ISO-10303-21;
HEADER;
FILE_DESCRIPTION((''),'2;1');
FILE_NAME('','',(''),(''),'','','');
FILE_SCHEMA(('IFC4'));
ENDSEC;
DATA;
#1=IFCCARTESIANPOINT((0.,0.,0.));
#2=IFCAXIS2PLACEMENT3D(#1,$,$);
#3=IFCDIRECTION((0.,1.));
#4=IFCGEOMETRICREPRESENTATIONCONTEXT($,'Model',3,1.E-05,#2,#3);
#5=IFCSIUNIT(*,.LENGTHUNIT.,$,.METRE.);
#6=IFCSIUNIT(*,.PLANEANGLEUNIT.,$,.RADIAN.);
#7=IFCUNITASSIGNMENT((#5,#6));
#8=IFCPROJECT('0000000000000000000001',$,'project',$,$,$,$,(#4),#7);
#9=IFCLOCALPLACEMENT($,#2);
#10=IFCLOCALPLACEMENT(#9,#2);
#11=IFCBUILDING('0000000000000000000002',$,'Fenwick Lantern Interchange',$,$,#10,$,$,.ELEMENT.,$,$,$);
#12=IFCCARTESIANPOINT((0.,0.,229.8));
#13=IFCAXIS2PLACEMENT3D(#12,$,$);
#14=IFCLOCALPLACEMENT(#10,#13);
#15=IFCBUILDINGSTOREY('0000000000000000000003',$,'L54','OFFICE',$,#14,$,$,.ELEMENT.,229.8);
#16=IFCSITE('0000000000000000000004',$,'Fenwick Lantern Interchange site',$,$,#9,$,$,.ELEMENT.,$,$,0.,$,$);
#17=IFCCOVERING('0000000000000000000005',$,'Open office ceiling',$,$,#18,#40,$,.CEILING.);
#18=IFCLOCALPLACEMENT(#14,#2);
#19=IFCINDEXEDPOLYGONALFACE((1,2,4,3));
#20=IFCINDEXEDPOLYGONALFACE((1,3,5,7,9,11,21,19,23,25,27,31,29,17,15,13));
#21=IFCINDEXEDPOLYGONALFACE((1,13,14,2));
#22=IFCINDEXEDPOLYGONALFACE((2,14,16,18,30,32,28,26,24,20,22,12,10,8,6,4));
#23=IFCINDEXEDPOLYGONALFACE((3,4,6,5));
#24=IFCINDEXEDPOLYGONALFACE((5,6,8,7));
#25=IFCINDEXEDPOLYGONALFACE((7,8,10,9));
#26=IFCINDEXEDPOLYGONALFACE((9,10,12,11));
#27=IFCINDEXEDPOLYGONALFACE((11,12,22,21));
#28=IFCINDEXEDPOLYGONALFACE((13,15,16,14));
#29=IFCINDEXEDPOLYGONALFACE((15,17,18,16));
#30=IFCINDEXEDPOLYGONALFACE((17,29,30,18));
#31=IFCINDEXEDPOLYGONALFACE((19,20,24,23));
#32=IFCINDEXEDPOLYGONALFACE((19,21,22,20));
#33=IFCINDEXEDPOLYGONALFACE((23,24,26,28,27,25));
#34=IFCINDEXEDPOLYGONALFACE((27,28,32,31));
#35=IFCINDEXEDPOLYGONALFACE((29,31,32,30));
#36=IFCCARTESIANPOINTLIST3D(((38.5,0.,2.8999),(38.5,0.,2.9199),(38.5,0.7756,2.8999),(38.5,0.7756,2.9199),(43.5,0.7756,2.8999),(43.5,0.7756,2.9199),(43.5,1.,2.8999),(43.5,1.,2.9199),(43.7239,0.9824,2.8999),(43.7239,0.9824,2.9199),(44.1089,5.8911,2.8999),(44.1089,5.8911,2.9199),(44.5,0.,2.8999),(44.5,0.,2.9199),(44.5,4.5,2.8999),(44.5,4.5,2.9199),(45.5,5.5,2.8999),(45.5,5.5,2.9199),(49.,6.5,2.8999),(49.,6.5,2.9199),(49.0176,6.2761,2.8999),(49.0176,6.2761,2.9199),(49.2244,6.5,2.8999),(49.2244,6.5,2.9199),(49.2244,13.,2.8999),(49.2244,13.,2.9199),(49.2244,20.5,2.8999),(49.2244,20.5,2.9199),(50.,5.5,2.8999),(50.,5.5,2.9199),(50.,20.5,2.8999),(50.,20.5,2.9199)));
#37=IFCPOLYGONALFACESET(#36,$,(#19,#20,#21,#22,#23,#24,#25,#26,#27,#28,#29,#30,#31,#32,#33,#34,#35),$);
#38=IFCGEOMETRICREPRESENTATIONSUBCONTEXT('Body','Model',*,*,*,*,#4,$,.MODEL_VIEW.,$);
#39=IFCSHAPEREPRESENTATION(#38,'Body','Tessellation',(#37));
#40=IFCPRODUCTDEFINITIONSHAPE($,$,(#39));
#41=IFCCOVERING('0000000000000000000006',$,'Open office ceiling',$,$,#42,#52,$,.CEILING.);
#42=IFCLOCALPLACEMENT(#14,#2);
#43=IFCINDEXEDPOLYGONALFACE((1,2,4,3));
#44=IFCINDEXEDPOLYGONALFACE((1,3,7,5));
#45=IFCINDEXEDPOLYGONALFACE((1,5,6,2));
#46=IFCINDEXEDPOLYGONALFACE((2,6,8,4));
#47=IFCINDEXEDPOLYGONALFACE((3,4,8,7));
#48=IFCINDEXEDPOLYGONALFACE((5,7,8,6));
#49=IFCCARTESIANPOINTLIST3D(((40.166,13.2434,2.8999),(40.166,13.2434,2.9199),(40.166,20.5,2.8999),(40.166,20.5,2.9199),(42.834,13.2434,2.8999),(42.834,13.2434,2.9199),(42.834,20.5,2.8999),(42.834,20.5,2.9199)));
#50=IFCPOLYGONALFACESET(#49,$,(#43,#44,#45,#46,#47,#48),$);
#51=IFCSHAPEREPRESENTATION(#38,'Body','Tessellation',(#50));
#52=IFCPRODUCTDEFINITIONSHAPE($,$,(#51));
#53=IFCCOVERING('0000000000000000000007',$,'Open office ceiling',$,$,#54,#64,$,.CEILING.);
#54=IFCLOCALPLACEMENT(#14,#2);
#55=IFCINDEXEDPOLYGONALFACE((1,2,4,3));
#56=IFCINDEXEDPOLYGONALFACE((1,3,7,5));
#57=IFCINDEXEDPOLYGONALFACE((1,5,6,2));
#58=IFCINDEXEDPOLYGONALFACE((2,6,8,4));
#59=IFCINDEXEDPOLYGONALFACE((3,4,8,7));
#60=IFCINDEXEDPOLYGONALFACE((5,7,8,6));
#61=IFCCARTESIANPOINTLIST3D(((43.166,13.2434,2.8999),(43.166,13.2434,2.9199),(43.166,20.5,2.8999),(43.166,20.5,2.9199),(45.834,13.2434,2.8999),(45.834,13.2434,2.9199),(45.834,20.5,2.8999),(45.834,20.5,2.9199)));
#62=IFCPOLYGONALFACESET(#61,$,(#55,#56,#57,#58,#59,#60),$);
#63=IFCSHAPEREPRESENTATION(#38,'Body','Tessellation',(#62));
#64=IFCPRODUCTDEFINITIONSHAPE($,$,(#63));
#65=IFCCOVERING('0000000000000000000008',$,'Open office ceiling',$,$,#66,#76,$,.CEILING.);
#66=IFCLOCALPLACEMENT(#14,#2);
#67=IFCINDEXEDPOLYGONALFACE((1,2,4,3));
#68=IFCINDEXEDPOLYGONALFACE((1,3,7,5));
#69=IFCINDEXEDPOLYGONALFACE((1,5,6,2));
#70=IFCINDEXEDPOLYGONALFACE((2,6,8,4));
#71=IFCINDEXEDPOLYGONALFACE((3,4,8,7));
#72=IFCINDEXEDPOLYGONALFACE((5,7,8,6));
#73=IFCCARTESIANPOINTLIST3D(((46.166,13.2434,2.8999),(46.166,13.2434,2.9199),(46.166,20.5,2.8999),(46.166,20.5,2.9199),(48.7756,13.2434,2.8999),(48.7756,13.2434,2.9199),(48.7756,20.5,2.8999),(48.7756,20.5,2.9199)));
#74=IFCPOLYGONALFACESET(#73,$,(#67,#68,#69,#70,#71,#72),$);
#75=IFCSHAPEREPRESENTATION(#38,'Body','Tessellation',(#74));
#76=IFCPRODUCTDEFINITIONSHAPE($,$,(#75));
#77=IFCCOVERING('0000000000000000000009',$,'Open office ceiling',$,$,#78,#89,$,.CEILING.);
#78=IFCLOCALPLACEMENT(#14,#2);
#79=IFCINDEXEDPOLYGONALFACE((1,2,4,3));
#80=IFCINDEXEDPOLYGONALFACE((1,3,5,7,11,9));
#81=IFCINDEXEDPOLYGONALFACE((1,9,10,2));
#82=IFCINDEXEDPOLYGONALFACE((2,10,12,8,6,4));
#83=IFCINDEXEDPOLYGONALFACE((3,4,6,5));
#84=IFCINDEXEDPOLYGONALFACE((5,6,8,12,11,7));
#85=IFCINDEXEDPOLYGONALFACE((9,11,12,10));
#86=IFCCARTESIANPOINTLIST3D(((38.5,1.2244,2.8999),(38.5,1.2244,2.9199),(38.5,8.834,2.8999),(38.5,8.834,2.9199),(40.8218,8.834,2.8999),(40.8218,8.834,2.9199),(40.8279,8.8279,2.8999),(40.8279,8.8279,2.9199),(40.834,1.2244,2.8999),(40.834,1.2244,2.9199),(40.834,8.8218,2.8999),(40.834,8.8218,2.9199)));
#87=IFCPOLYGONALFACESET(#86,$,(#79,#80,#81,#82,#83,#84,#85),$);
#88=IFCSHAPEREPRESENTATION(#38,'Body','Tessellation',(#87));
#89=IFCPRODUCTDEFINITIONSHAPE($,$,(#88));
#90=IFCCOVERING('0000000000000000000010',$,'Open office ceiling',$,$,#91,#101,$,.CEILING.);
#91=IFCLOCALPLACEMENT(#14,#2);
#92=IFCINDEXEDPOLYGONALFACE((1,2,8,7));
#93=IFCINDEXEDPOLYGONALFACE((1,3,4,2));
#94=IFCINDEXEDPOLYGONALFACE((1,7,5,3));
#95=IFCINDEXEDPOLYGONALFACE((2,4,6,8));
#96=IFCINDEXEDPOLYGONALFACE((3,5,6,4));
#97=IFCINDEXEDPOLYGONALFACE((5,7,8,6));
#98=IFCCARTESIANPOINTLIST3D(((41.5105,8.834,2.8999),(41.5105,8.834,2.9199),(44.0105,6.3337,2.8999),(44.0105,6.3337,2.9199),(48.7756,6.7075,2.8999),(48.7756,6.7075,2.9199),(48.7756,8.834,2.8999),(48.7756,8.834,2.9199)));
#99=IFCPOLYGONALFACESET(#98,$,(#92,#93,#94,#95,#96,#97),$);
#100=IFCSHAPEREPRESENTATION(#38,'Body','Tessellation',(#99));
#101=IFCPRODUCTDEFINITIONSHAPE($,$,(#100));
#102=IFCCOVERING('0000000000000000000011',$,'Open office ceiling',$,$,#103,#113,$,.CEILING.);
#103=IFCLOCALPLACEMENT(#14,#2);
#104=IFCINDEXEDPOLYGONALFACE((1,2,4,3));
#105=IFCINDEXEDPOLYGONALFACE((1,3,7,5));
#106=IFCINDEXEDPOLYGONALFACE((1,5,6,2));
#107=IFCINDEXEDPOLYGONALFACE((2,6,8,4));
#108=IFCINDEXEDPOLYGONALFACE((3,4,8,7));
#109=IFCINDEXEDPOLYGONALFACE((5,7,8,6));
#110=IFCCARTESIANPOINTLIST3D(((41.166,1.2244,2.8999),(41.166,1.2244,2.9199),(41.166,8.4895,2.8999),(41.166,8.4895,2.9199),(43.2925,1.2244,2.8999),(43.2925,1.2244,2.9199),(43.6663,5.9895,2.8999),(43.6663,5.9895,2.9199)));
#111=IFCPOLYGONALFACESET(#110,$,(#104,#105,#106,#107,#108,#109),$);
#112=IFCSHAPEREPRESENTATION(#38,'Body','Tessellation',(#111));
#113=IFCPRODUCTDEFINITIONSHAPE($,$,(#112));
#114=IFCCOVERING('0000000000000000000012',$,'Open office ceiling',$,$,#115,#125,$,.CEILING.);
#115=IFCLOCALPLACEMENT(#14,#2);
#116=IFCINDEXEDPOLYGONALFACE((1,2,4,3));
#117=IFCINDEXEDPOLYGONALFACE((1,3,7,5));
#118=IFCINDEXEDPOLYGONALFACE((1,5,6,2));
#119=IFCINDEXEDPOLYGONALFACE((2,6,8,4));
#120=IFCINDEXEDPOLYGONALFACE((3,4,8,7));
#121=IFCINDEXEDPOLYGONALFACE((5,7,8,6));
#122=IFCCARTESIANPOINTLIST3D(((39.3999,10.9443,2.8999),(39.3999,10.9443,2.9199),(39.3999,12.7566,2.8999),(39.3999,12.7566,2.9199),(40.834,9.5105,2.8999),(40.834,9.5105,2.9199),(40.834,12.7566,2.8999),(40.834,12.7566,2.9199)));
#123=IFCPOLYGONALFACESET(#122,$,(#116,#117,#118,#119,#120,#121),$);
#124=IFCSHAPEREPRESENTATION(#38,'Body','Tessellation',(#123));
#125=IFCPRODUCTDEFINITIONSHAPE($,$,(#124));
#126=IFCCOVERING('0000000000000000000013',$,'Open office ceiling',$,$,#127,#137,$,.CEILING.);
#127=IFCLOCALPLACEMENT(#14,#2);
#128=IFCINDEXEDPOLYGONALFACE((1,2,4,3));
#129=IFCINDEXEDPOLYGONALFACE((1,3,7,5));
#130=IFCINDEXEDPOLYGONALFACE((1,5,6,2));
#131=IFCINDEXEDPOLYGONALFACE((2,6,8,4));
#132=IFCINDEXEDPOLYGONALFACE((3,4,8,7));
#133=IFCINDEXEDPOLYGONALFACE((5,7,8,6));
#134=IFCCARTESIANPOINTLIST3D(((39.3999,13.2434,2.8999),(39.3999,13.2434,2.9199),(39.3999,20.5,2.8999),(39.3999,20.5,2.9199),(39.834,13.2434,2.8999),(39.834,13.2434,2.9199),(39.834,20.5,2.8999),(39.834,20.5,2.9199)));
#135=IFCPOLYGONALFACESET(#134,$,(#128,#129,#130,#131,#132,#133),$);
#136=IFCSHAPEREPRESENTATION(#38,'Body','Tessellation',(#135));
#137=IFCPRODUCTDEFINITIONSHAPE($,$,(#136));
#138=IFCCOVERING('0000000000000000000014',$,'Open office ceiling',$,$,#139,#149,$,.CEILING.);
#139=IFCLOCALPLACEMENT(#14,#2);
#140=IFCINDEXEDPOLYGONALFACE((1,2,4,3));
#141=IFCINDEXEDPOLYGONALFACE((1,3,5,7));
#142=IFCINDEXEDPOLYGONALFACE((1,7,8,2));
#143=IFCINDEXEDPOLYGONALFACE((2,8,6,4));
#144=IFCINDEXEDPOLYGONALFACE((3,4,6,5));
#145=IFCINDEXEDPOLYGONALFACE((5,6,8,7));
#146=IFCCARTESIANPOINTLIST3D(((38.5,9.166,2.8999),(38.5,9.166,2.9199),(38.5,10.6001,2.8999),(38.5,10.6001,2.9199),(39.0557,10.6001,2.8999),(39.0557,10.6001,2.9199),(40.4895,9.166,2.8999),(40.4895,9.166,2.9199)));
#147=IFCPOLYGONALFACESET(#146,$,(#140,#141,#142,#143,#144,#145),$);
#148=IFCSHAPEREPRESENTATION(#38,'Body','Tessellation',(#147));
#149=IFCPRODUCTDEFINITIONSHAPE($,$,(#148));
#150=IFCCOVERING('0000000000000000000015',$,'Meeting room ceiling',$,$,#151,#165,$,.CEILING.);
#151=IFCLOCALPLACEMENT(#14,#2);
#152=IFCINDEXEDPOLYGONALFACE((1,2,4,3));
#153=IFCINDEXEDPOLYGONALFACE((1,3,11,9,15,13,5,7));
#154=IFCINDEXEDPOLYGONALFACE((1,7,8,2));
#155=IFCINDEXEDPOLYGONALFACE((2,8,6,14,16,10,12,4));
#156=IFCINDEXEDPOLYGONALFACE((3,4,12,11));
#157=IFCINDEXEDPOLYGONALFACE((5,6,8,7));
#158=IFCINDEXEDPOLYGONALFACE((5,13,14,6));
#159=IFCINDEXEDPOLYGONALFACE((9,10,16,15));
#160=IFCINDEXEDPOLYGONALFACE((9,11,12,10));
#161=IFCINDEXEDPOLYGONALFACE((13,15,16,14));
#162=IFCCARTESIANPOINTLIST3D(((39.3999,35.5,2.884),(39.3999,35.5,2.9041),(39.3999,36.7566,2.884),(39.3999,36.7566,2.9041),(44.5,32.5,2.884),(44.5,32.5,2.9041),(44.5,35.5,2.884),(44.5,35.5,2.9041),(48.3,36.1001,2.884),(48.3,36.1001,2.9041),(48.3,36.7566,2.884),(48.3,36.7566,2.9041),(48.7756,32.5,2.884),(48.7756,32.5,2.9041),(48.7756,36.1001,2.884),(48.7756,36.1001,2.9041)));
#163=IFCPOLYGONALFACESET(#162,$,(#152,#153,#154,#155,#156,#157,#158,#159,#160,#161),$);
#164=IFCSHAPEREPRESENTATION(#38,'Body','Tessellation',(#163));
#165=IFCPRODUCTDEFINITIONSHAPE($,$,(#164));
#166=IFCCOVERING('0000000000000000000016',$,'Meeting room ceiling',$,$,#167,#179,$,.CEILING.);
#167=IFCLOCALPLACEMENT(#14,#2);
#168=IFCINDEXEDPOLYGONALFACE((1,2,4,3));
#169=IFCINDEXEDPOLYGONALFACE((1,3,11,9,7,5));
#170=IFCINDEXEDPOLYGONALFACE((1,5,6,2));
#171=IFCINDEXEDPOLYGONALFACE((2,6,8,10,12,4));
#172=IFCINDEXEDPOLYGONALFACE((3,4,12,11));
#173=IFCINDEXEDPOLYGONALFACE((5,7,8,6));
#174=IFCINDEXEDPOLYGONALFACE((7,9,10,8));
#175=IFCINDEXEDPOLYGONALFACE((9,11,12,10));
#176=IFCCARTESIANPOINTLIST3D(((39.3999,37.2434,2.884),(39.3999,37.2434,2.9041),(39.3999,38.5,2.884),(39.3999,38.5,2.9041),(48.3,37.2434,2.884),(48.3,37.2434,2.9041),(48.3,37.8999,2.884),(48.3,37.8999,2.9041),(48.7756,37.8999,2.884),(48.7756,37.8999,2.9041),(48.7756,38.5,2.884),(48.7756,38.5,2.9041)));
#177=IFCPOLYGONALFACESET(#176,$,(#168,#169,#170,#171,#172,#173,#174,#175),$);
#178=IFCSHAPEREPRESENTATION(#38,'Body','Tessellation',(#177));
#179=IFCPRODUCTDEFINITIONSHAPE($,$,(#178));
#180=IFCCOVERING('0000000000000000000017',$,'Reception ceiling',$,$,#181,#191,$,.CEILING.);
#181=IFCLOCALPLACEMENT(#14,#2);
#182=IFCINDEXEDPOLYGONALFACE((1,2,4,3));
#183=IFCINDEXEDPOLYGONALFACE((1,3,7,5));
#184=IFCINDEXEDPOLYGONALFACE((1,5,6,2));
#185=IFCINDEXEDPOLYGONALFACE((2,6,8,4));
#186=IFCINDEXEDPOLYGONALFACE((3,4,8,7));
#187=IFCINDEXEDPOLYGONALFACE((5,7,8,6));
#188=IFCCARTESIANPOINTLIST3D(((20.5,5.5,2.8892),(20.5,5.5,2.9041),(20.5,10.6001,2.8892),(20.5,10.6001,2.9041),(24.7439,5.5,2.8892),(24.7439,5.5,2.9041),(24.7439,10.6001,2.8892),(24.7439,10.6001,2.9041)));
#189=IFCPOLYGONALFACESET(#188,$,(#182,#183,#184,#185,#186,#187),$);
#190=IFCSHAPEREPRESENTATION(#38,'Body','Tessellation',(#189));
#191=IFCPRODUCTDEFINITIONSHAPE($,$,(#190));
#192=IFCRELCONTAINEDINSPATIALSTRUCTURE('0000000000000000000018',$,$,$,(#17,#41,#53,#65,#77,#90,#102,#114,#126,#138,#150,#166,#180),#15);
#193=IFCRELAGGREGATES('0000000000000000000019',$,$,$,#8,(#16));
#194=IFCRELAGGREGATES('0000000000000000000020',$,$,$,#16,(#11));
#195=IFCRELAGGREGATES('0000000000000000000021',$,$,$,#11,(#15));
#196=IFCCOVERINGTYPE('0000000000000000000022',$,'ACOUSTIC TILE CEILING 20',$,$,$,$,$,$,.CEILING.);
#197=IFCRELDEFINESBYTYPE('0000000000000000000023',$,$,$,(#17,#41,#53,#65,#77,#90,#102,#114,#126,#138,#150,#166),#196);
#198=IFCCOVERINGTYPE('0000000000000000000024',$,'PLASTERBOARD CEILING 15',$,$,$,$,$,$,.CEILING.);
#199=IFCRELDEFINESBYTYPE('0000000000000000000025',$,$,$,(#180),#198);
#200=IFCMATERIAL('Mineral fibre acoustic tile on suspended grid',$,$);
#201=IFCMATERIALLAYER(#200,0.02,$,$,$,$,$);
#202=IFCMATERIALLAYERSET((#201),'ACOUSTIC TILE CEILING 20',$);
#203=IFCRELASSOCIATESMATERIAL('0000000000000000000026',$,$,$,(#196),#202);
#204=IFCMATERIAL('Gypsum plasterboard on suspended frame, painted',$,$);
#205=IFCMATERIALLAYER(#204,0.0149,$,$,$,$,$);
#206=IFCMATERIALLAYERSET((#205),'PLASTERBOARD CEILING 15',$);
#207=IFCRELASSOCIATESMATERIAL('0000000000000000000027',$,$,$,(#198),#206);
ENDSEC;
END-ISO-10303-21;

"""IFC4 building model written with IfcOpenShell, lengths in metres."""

from ifc_helpers import new_model, si_unit, direction, frame, origin, place, context, subcontext, project, spatial, polyline, outline, extrude, material, layer, layer_set, type_object, element, save


model = new_model("IFC4")

# Units and contexts
model_context = context("Model", 3, precision=1e-05, world=origin(), true_north=direction((0.0, 1.0)))
body_context = subcontext(model_context, "Body", "Model", "MODEL_VIEW")
ifc_project = project(units=[si_unit("LENGTHUNIT", "METRE"), si_unit("PLANEANGLEUNIT", "RADIAN")], contexts=[model_context])

# Site, building, storey
site_placement = place(None, origin())
site = spatial("IfcSite", under=ifc_project, at=site_placement, Name="Fenwick Lantern Interchange site", CompositionType="ELEMENT", RefElevation=0.0)
building_placement = place(site_placement, origin())
building = spatial("IfcBuilding", under=site, at=building_placement, Name="Fenwick Lantern Interchange", CompositionType="ELEMENT")
storey_placement = place(building_placement, frame((0.0, 0.0, 229.8)))
storey = spatial("IfcBuildingStorey", under=building, at=storey_placement, Name="L54", Description="OFFICE", CompositionType="ELEMENT", Elevation=229.8)

# Coverings
ifc_material_1 = material(Name="Mineral fibre acoustic tile on suspended grid")
ifc_layer_1 = layer(ifc_material_1, 0.02)
ifc_layer_set_1 = layer_set([ifc_layer_1], Name="ACOUSTIC TILE CEILING 20")
covering_type_1 = type_object("IfcCoveringType", Name="ACOUSTIC TILE CEILING 20", PredefinedType="CEILING", material=ifc_layer_set_1)
covering_1_placement = place(storey_placement, frame((0.0, 0.0, 2.8999)))
element("IfcCovering", 1, at=covering_1_placement, inside=storey, type_object=covering_type_1, Name="Open office ceiling", PredefinedType="CEILING", context=body_context, shape_type="SweptSolid", body=[
    extrude(outline(polyline([(50.0, 5.5), (50.0, 20.5), (49.2244, 20.5), (49.2244, 13.0), (49.2244, 6.5), (49.0, 6.5), (49.0176, 6.2761), (44.1089, 5.8911), (43.7239, 0.9824), (43.5, 1.0), (43.5, 0.7756), (38.5, 0.7756), (38.5, 0.0), (44.5, 0.0), (44.5, 4.5), (45.5, 5.5), (50.0, 5.5)])), origin(), (0.0, 0.0, 1.0), 0.02),
])
covering_2_placement = place(storey_placement, frame((0.0, 0.0, 2.8999)))
element("IfcCovering", 2, at=covering_2_placement, inside=storey, type_object=covering_type_1, Name="Open office ceiling", PredefinedType="CEILING", context=body_context, shape_type="SweptSolid", body=[
    extrude(outline(polyline([(42.834, 20.5), (40.166, 20.5), (40.166, 13.2434), (42.834, 13.2434), (42.834, 20.5)])), origin(), (0.0, 0.0, 1.0), 0.02),
])
covering_3_placement = place(storey_placement, frame((0.0, 0.0, 2.8999)))
element("IfcCovering", 3, at=covering_3_placement, inside=storey, type_object=covering_type_1, Name="Open office ceiling", PredefinedType="CEILING", context=body_context, shape_type="SweptSolid", body=[
    extrude(outline(polyline([(45.834, 20.5), (43.166, 20.5), (43.166, 13.2434), (45.834, 13.2434), (45.834, 20.5)])), origin(), (0.0, 0.0, 1.0), 0.02),
])
covering_4_placement = place(storey_placement, frame((0.0, 0.0, 2.8999)))
element("IfcCovering", 4, at=covering_4_placement, inside=storey, type_object=covering_type_1, Name="Open office ceiling", PredefinedType="CEILING", context=body_context, shape_type="SweptSolid", body=[
    extrude(outline(polyline([(48.7756, 20.5), (46.166, 20.5), (46.166, 13.2434), (48.7756, 13.2434), (48.7756, 20.5)])), origin(), (0.0, 0.0, 1.0), 0.02),
])
covering_5_placement = place(storey_placement, frame((0.0, 0.0, 2.8999)))
element("IfcCovering", 5, at=covering_5_placement, inside=storey, type_object=covering_type_1, Name="Open office ceiling", PredefinedType="CEILING", context=body_context, shape_type="SweptSolid", body=[
    extrude(outline(polyline([(38.5, 8.834), (38.5, 1.2244), (40.834, 1.2244), (40.834, 8.8218), (40.8279, 8.8279), (40.8218, 8.834), (38.5, 8.834)])), origin(), (0.0, 0.0, 1.0), 0.02),
])
covering_6_placement = place(storey_placement, frame((0.0, 0.0, 2.8999)))
element("IfcCovering", 6, at=covering_6_placement, inside=storey, type_object=covering_type_1, Name="Open office ceiling", PredefinedType="CEILING", context=body_context, shape_type="SweptSolid", body=[
    extrude(outline(polyline([(41.5105, 8.834), (44.0105, 6.3337), (48.7756, 6.7075), (48.7756, 8.834), (41.5105, 8.834)])), origin(), (0.0, 0.0, 1.0), 0.02),
])
covering_7_placement = place(storey_placement, frame((0.0, 0.0, 2.8999)))
element("IfcCovering", 7, at=covering_7_placement, inside=storey, type_object=covering_type_1, Name="Open office ceiling", PredefinedType="CEILING", context=body_context, shape_type="SweptSolid", body=[
    extrude(outline(polyline([(43.6663, 5.9895), (41.166, 8.4895), (41.166, 1.2244), (43.2925, 1.2244), (43.6663, 5.9895)])), origin(), (0.0, 0.0, 1.0), 0.02),
])
covering_8_placement = place(storey_placement, frame((0.0, 0.0, 2.8999)))
element("IfcCovering", 8, at=covering_8_placement, inside=storey, type_object=covering_type_1, Name="Open office ceiling", PredefinedType="CEILING", context=body_context, shape_type="SweptSolid", body=[
    extrude(outline(polyline([(39.3999, 12.7566), (39.3999, 10.9443), (40.834, 9.5105), (40.834, 12.7566), (39.3999, 12.7566)])), origin(), (0.0, 0.0, 1.0), 0.02),
])
covering_9_placement = place(storey_placement, frame((0.0, 0.0, 2.8999)))
element("IfcCovering", 9, at=covering_9_placement, inside=storey, type_object=covering_type_1, Name="Open office ceiling", PredefinedType="CEILING", context=body_context, shape_type="SweptSolid", body=[
    extrude(outline(polyline([(39.3999, 20.5), (39.3999, 13.2434), (39.834, 13.2434), (39.834, 20.5), (39.3999, 20.5)])), origin(), (0.0, 0.0, 1.0), 0.02),
])
covering_10_placement = place(storey_placement, frame((0.0, 0.0, 2.8999)))
element("IfcCovering", 10, at=covering_10_placement, inside=storey, type_object=covering_type_1, Name="Open office ceiling", PredefinedType="CEILING", context=body_context, shape_type="SweptSolid", body=[
    extrude(outline(polyline([(38.5, 10.6001), (38.5, 9.166), (40.4895, 9.166), (39.0557, 10.6001), (38.5, 10.6001)])), origin(), (0.0, 0.0, 1.0), 0.02),
])
covering_11_placement = place(storey_placement, frame((0.0, 0.0, 2.884)))
element("IfcCovering", 11, at=covering_11_placement, inside=storey, type_object=covering_type_1, Name="Meeting room ceiling", PredefinedType="CEILING", context=body_context, shape_type="SweptSolid", body=[
    extrude(outline(polyline([(48.3, 36.1001), (48.3, 36.7566), (39.3999, 36.7566), (39.3999, 35.5), (44.5, 35.5), (44.5, 32.5), (48.7756, 32.5), (48.7756, 36.1001), (48.3, 36.1001)])), origin(), (0.0, 0.0, 1.0), 0.02),
])
covering_12_placement = place(storey_placement, frame((0.0, 0.0, 2.884)))
element("IfcCovering", 12, at=covering_12_placement, inside=storey, type_object=covering_type_1, Name="Meeting room ceiling", PredefinedType="CEILING", context=body_context, shape_type="SweptSolid", body=[
    extrude(outline(polyline([(48.3, 37.8999), (48.7756, 37.8999), (48.7756, 38.5), (39.3999, 38.5), (39.3999, 37.2434), (48.3, 37.2434), (48.3, 37.8999)])), origin(), (0.0, 0.0, 1.0), 0.02),
])
ifc_material_2 = material(Name="Gypsum plasterboard on suspended frame, painted")
ifc_layer_2 = layer(ifc_material_2, 0.0149)
ifc_layer_set_2 = layer_set([ifc_layer_2], Name="PLASTERBOARD CEILING 15")
covering_type_2 = type_object("IfcCoveringType", Name="PLASTERBOARD CEILING 15", PredefinedType="CEILING", material=ifc_layer_set_2)
covering_13_placement = place(storey_placement, frame((0.0, 0.0, 2.8892)))
element("IfcCovering", 13, at=covering_13_placement, inside=storey, type_object=covering_type_2, Name="Reception ceiling", PredefinedType="CEILING", context=body_context, shape_type="SweptSolid", body=[
    extrude(outline(polyline([(20.5, 10.6001), (20.5, 5.5), (24.7439, 5.5), (24.7439, 10.6001), (20.5, 10.6001)])), origin(), (0.0, 0.0, 1.0), 0.0149),
])

save(model, "model.ifc")
